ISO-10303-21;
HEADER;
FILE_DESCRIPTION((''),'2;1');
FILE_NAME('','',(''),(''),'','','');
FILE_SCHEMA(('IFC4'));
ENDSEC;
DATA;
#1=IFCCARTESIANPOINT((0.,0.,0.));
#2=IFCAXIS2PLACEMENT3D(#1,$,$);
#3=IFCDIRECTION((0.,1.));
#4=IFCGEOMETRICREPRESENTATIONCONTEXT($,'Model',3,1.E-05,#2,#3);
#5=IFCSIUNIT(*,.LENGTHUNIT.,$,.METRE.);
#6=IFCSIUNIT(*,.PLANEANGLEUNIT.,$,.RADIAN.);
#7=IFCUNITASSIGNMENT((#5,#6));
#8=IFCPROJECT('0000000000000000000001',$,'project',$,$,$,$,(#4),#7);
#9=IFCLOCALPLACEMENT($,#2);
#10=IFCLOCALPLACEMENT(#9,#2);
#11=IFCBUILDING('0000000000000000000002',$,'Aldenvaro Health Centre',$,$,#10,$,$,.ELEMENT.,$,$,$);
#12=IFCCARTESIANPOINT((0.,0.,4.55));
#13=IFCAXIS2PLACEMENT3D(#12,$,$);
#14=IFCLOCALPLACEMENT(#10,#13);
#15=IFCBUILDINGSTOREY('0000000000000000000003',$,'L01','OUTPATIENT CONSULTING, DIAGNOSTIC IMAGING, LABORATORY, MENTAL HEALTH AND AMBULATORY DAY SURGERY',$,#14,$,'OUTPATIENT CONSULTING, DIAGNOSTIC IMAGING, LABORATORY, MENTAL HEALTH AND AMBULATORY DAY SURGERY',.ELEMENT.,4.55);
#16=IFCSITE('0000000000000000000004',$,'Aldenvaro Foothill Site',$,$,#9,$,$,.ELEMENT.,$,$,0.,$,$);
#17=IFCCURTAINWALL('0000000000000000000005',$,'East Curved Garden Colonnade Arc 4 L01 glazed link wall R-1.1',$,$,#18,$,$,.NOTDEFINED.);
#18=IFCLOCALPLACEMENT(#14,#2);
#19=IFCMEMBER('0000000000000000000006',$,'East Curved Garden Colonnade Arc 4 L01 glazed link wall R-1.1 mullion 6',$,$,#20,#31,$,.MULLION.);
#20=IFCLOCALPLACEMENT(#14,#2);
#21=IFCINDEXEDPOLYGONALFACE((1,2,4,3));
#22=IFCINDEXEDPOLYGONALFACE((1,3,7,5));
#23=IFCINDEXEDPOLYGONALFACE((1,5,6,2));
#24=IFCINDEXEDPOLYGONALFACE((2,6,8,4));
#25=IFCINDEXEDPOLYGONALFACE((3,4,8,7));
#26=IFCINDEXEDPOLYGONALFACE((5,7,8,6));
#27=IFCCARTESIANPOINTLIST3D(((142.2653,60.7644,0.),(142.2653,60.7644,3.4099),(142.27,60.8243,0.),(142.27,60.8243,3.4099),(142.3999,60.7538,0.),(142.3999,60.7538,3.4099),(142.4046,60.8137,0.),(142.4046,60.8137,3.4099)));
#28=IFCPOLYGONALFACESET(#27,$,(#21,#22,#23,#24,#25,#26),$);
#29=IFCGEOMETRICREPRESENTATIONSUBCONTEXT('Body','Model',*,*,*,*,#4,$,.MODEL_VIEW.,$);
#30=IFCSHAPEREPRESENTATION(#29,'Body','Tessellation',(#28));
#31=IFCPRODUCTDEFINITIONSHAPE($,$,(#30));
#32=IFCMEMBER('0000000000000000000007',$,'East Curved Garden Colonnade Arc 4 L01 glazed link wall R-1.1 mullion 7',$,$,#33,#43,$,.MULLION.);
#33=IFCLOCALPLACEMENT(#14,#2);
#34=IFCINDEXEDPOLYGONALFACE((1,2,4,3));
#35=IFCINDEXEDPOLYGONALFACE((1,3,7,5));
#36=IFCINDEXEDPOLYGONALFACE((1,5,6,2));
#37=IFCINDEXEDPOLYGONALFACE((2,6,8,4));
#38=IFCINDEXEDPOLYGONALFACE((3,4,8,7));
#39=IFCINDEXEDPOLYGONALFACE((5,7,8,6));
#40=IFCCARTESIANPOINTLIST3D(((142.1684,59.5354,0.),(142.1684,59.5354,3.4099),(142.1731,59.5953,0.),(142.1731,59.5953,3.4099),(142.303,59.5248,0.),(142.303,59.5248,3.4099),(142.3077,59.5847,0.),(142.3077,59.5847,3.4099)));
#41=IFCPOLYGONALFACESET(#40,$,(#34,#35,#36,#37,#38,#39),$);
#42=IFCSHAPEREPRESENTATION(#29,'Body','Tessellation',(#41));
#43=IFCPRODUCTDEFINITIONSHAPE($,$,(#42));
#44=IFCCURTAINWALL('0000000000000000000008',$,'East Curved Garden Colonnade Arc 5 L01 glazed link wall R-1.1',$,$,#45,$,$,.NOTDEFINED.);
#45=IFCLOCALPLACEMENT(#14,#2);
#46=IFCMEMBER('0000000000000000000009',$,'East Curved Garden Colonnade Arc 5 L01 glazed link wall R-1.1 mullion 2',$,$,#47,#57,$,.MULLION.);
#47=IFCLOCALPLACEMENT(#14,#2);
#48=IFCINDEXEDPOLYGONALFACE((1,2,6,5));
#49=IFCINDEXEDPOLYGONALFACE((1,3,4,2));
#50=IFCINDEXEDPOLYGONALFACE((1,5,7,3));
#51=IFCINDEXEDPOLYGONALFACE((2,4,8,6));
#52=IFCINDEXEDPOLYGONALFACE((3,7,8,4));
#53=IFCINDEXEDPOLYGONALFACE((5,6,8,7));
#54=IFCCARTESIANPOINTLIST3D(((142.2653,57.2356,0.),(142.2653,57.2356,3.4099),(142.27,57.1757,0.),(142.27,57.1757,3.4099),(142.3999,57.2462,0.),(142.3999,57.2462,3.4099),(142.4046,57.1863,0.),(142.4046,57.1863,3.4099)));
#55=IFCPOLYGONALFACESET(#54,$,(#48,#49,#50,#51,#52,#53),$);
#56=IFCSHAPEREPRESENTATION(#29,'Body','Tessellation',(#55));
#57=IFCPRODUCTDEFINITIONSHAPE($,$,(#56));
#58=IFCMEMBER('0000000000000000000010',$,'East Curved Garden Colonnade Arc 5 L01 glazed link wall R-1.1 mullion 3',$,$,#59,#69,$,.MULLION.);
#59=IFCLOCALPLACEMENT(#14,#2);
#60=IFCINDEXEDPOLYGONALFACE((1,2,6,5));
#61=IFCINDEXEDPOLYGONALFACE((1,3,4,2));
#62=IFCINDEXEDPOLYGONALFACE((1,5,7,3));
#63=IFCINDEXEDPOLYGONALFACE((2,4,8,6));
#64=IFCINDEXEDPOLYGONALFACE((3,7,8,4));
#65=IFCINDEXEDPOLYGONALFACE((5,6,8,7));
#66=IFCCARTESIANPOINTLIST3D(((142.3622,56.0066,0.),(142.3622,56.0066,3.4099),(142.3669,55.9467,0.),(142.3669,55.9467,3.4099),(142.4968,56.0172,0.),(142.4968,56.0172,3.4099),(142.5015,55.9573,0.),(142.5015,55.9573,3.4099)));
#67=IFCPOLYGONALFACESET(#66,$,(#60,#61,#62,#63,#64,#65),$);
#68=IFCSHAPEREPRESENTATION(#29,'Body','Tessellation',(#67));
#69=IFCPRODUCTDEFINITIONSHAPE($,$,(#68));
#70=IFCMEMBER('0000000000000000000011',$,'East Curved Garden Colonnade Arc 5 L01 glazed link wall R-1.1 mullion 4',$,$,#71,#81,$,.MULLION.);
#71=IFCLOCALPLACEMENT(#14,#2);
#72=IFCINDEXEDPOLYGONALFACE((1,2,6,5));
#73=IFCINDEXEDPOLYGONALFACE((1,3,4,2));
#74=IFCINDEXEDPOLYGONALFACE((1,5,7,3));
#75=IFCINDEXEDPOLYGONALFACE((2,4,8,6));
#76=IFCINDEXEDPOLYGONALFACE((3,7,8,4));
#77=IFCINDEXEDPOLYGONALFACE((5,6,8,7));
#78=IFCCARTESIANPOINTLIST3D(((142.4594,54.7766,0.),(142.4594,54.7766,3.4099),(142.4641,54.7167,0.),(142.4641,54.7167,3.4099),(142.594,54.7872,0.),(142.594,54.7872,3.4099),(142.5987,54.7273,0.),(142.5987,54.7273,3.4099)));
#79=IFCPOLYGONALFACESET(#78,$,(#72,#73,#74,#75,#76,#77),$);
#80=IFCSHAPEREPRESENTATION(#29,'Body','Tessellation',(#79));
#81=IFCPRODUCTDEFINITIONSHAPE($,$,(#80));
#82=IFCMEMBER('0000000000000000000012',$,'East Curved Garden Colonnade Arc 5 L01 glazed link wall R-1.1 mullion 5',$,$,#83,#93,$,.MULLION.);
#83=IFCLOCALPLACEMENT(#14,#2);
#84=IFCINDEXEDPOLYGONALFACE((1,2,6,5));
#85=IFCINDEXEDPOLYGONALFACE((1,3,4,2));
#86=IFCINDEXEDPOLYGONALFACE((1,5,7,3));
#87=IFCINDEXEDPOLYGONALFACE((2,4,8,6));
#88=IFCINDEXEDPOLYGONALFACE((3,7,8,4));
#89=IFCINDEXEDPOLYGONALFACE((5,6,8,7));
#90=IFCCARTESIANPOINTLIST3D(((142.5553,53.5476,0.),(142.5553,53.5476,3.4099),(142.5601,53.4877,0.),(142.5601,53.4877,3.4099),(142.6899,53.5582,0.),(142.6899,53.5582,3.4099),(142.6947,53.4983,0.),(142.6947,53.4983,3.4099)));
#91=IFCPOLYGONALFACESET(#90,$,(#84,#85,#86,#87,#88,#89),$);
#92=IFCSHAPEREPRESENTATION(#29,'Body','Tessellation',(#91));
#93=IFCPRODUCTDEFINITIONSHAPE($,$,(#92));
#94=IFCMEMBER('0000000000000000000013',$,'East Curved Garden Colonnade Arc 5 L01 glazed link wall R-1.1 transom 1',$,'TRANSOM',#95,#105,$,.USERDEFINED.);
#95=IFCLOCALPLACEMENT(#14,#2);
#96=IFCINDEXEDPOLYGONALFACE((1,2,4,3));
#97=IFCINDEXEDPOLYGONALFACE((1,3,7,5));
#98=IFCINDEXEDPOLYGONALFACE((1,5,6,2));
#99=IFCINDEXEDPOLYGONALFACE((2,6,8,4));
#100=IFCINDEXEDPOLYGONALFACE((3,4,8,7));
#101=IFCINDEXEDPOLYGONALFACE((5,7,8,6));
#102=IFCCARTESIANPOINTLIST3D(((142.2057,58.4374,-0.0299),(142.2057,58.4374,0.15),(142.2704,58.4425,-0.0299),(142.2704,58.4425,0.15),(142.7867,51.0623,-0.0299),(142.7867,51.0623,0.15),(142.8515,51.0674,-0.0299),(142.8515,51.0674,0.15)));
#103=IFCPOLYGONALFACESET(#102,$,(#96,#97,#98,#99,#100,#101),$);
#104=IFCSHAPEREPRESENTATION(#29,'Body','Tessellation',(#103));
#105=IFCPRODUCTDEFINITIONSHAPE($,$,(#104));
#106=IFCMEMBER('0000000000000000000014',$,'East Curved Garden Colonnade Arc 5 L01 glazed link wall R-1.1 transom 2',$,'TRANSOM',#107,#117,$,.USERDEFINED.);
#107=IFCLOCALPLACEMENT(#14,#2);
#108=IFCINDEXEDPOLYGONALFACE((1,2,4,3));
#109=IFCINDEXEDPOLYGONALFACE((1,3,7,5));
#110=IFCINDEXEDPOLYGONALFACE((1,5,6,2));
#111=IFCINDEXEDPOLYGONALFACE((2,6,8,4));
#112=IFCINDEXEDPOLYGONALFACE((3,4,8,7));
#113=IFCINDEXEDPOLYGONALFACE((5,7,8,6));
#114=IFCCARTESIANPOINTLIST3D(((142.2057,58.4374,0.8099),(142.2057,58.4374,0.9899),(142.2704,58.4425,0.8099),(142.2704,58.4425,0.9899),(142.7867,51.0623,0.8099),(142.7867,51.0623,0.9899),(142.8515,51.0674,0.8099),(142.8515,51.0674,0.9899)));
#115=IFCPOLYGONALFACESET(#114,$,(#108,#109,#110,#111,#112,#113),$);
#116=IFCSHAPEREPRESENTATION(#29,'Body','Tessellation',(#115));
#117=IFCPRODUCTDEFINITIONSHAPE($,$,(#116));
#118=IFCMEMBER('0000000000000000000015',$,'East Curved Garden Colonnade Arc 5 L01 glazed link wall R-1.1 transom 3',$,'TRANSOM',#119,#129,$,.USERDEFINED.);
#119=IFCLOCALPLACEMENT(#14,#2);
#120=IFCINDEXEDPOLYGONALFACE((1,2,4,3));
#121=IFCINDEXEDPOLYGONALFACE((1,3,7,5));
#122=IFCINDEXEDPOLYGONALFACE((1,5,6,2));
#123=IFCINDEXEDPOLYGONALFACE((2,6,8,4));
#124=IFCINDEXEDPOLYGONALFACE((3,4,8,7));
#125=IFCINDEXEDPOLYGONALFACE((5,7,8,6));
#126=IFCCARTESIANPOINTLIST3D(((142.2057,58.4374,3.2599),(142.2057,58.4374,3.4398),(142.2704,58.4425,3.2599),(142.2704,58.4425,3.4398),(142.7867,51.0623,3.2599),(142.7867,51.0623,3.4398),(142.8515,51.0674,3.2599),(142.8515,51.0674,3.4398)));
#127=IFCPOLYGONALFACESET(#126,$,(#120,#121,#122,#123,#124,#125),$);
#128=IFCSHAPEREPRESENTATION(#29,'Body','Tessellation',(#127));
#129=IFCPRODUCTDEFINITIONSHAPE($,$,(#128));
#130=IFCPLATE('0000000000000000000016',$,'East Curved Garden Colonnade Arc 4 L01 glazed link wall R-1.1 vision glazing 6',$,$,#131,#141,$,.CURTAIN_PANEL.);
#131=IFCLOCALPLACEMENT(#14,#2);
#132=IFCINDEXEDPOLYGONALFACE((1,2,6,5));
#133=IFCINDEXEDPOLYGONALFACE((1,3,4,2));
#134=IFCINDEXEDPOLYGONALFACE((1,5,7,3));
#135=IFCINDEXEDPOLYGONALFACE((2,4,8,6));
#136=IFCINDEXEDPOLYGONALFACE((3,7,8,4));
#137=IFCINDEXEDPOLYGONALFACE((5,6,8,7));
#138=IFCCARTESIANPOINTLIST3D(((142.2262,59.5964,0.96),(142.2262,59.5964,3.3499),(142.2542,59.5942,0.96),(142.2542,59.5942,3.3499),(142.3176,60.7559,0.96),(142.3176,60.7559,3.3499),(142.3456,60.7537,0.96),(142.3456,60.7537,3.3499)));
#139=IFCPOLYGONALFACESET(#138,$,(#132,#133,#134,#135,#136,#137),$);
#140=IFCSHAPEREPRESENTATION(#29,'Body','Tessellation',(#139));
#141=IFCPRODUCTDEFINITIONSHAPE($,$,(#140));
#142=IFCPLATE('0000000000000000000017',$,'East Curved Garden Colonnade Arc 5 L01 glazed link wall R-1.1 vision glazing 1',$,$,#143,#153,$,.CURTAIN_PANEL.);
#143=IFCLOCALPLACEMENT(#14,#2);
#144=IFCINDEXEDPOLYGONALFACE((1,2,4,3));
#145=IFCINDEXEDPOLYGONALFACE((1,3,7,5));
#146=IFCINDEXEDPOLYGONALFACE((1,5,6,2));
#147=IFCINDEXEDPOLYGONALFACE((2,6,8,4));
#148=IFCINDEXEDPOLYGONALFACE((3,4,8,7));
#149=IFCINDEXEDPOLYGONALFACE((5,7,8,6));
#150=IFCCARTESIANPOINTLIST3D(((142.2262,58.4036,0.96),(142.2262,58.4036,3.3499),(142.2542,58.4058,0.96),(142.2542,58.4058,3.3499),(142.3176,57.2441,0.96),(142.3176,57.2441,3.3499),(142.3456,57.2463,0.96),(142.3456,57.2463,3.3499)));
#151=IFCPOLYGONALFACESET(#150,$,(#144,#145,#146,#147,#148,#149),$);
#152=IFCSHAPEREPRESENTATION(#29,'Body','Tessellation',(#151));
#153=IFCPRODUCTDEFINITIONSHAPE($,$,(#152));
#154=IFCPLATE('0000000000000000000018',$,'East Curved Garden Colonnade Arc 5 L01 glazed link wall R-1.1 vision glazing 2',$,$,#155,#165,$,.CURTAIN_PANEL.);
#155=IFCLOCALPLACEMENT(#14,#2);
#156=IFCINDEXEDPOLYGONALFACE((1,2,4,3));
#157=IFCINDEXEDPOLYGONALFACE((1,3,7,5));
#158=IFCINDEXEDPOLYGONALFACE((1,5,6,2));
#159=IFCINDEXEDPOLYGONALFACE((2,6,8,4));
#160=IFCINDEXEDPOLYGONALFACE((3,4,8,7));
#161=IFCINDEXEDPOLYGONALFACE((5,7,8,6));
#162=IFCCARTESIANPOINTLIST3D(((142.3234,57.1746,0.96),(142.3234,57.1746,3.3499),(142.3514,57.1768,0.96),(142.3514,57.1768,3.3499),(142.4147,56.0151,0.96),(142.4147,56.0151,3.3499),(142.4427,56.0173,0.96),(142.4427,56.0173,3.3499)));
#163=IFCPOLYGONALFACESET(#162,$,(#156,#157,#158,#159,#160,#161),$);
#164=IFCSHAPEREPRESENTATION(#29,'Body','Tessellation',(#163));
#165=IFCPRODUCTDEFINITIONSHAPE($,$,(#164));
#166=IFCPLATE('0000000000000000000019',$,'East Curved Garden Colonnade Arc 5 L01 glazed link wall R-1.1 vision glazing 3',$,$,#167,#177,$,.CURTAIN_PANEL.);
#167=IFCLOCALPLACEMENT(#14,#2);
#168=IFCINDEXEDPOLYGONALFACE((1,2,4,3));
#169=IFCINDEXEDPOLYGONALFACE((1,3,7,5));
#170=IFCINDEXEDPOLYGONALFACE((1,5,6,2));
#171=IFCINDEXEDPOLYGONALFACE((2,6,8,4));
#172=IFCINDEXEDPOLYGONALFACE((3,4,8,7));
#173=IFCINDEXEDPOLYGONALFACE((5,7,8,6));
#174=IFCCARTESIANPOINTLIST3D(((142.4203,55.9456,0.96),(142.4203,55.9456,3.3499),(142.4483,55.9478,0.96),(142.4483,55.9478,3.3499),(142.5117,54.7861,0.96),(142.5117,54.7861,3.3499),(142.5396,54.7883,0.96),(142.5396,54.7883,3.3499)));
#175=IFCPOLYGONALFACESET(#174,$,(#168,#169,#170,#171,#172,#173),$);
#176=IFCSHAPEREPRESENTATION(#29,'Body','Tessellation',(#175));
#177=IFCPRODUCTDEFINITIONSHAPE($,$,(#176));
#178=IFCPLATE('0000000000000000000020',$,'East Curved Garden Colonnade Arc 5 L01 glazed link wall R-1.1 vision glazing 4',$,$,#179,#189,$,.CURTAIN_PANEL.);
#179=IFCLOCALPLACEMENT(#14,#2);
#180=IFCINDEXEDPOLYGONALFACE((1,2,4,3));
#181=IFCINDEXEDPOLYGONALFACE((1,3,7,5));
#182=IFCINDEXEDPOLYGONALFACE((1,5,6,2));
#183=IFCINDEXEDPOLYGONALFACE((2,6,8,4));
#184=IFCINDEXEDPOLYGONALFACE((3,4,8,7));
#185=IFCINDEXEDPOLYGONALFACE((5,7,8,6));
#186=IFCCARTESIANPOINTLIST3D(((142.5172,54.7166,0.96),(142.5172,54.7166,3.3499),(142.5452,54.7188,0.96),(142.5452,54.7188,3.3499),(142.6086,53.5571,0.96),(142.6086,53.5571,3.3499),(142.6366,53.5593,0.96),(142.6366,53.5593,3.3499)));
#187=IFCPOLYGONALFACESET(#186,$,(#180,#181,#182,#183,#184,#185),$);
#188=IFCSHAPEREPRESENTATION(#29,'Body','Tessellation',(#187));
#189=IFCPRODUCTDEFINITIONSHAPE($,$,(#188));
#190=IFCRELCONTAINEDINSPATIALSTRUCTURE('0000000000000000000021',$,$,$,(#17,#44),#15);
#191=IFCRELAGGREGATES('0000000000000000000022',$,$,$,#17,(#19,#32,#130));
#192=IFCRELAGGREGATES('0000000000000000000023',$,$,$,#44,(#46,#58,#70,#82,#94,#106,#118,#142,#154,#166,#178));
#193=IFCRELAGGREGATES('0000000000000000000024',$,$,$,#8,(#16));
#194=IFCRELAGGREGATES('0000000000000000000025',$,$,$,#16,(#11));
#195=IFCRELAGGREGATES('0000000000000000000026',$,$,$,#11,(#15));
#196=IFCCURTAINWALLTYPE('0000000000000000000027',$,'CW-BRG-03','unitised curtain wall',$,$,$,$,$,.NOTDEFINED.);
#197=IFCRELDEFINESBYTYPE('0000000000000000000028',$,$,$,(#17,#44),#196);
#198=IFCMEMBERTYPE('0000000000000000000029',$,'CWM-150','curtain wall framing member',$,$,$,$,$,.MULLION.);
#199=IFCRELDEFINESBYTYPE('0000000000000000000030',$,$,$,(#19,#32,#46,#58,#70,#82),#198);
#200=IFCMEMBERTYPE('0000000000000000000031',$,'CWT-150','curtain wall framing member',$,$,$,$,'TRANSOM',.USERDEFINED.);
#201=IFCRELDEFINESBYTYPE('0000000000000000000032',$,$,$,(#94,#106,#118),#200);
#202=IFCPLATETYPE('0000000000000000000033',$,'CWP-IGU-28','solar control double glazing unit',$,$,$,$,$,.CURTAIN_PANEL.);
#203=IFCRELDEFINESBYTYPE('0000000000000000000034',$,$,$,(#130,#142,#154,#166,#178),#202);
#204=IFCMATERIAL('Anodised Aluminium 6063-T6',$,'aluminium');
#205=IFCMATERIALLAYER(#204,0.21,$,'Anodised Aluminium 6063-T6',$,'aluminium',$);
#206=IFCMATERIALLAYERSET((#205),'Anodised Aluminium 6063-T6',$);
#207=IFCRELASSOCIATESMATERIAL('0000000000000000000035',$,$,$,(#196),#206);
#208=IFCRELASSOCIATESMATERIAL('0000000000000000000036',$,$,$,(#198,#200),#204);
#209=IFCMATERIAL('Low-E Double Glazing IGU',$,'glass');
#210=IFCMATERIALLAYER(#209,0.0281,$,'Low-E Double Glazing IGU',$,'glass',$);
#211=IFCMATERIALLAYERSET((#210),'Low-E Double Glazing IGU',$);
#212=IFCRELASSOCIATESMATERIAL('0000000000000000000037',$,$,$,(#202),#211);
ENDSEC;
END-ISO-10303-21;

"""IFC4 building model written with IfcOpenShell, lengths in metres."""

from ifc_helpers import new_model, si_unit, direction, frame, origin, origin_2d, place, context, subcontext, project, spatial, rectangle, extrude, material, layer, layer_set, material_profile, profile_set, type_object, element, aggregate, save


model = new_model("IFC4")

# Units and contexts
model_context = context("Model", 3, precision=1e-05, world=origin(), true_north=direction((0.0, 1.0)))
body_context = subcontext(model_context, "Body", "Model", "MODEL_VIEW")
ifc_project = project(units=[si_unit("LENGTHUNIT", "METRE"), si_unit("PLANEANGLEUNIT", "RADIAN")], contexts=[model_context])

# Site, building, storey
site_placement = place(None, origin())
site = spatial("IfcSite", under=ifc_project, at=site_placement, Name="Aldenvaro Foothill Site", CompositionType="ELEMENT", RefElevation=0.0)
building_placement = place(site_placement, origin())
building = spatial("IfcBuilding", under=site, at=building_placement, Name="Aldenvaro Health Centre", CompositionType="ELEMENT")
storey_placement = place(building_placement, frame((0.0, 0.0, 4.55)))
storey = spatial("IfcBuildingStorey", under=building, at=storey_placement, Name="L01", Description="OUTPATIENT CONSULTING, DIAGNOSTIC IMAGING, LABORATORY, MENTAL HEALTH AND AMBULATORY DAY SURGERY", LongName="OUTPATIENT CONSULTING, DIAGNOSTIC IMAGING, LABORATORY, MENTAL HEALTH AND AMBULATORY DAY SURGERY", CompositionType="ELEMENT", Elevation=4.55)

# Curtain walls, members
ifc_material_1 = material(Name="Anodised Aluminium 6063-T6", Category="aluminium")
ifc_layer_1 = layer(ifc_material_1, 0.21, Name="Anodised Aluminium 6063-T6", Category="aluminium")
ifc_layer_set_1 = layer_set([ifc_layer_1], Name="Anodised Aluminium 6063-T6")
curtain_wall_type = type_object("IfcCurtainWallType", Name="CW-BRG-03", Description="unitised curtain wall", PredefinedType="NOTDEFINED", material=ifc_layer_set_1)
curtain_wall_1_placement = place(storey_placement, origin())
curtain_wall_1 = element("IfcCurtainWall", 1, at=curtain_wall_1_placement, inside=storey, type_object=curtain_wall_type, Name="East Curved Garden Colonnade Arc 4 L01 glazed link wall R-1.1", PredefinedType="NOTDEFINED")
ifc_material_profile_1 = material_profile(ifc_material_1, rectangle(XDim=0.0601, YDim=0.135, at=origin_2d()), Name="ALU 60x135", Category="aluminium")
ifc_profile_set_1 = profile_set([ifc_material_profile_1], Name="Anodised Aluminium 6063-T6")
member_type_1 = type_object("IfcMemberType", Name="CWM-150", Description="curtain wall framing member", PredefinedType="MULLION", material=ifc_profile_set_1)
member_1_placement = place(storey_placement, frame((142.335, 60.7891, 0.0), z_axis=(0.0, 0.0, 1.0), x_axis=(-0.078536, -0.996911, 0.0)))
member_1 = element("IfcMember", 2, at=member_1_placement, type_object=member_type_1, Name="East Curved Garden Colonnade Arc 4 L01 glazed link wall R-1.1 mullion 6", PredefinedType="MULLION", context=body_context, shape_type="SweptSolid", body=[
    extrude(rectangle(XDim=0.0601, YDim=0.135, at=origin_2d()), origin(), (0.0, 0.0, 1.0), 3.4099),
])
member_2_placement = place(storey_placement, frame((142.238, 59.5601, 0.0), z_axis=(0.0, 0.0, 1.0), x_axis=(-0.078536, -0.996911, 0.0)))
member_2 = element("IfcMember", 3, at=member_2_placement, type_object=member_type_1, Name="East Curved Garden Colonnade Arc 4 L01 glazed link wall R-1.1 mullion 7", PredefinedType="MULLION", context=body_context, shape_type="SweptSolid", body=[
    extrude(rectangle(XDim=0.0601, YDim=0.135, at=origin_2d()), origin(), (0.0, 0.0, 1.0), 3.4099),
])
curtain_wall_2_placement = place(storey_placement, origin())
curtain_wall_2 = element("IfcCurtainWall", 4, at=curtain_wall_2_placement, inside=storey, type_object=curtain_wall_type, Name="East Curved Garden Colonnade Arc 5 L01 glazed link wall R-1.1", PredefinedType="NOTDEFINED")
member_3_placement = place(storey_placement, frame((142.335, 57.2109, 0.0), z_axis=(0.0, 0.0, 1.0), x_axis=(0.078536, -0.996911, 0.0)))
member_3 = element("IfcMember", 5, at=member_3_placement, type_object=member_type_1, Name="East Curved Garden Colonnade Arc 5 L01 glazed link wall R-1.1 mullion 2", PredefinedType="MULLION", context=body_context, shape_type="SweptSolid", body=[
    extrude(rectangle(XDim=0.0601, YDim=0.135, at=origin_2d()), origin(), (0.0, 0.0, 1.0), 3.4099),
])
member_4_placement = place(storey_placement, frame((142.4319, 55.9819, 0.0), z_axis=(0.0, 0.0, 1.0), x_axis=(0.078536, -0.996911, 0.0)))
member_4 = element("IfcMember", 6, at=member_4_placement, type_object=member_type_1, Name="East Curved Garden Colonnade Arc 5 L01 glazed link wall R-1.1 mullion 3", PredefinedType="MULLION", context=body_context, shape_type="SweptSolid", body=[
    extrude(rectangle(XDim=0.0601, YDim=0.135, at=origin_2d()), origin(), (0.0, 0.0, 1.0), 3.4099),
])
member_5_placement = place(storey_placement, frame((142.5291, 54.752, 0.0), z_axis=(0.0, 0.0, 1.0), x_axis=(0.078536, -0.996911, 0.0)))
member_5 = element("IfcMember", 7, at=member_5_placement, type_object=member_type_1, Name="East Curved Garden Colonnade Arc 5 L01 glazed link wall R-1.1 mullion 4", PredefinedType="MULLION", context=body_context, shape_type="SweptSolid", body=[
    extrude(rectangle(XDim=0.0601, YDim=0.135, at=origin_2d()), origin(), (0.0, 0.0, 1.0), 3.4099),
])
member_6_placement = place(storey_placement, frame((142.625, 53.5229, 0.0), z_axis=(0.0, 0.0, 1.0), x_axis=(0.078536, -0.996911, 0.0)))
member_6 = element("IfcMember", 8, at=member_6_placement, type_object=member_type_1, Name="East Curved Garden Colonnade Arc 5 L01 glazed link wall R-1.1 mullion 5", PredefinedType="MULLION", context=body_context, shape_type="SweptSolid", body=[
    extrude(rectangle(XDim=0.0601, YDim=0.135, at=origin_2d()), origin(), (0.0, 0.0, 1.0), 3.4099),
])
ifc_material_profile_2 = material_profile(ifc_material_1, rectangle(XDim=0.0649, YDim=0.1799, at=origin_2d()), Name="ALU 65x180", Category="aluminium")
ifc_profile_set_2 = profile_set([ifc_material_profile_2], Name="Anodised Aluminium 6063-T6")
member_type_2 = type_object("IfcMemberType", Name="CWT-150", Description="curtain wall framing member", ElementType="TRANSOM", PredefinedType="USERDEFINED", material=ifc_profile_set_2)
member_7_placement = place(storey_placement, frame((142.238, 58.4399, 0.0601), z_axis=(0.078544, -0.996911, 0.0), x_axis=(0.996911, 0.078544, 0.0)))
member_7 = element("IfcMember", 9, at=member_7_placement, type_object=member_type_2, Name="East Curved Garden Colonnade Arc 5 L01 glazed link wall R-1.1 transom 1", ObjectType="TRANSOM", PredefinedType="USERDEFINED", context=body_context, shape_type="SweptSolid", body=[
    extrude(rectangle(XDim=0.0649, YDim=0.1799, at=origin_2d()), origin(), (0.0, 0.0, 1.0), 7.3979),
])
member_8_placement = place(storey_placement, frame((142.238, 58.4399, 0.8999), z_axis=(0.078544, -0.996911, 0.0), x_axis=(0.996911, 0.078544, 0.0)))
member_8 = element("IfcMember", 10, at=member_8_placement, type_object=member_type_2, Name="East Curved Garden Colonnade Arc 5 L01 glazed link wall R-1.1 transom 2", ObjectType="TRANSOM", PredefinedType="USERDEFINED", context=body_context, shape_type="SweptSolid", body=[
    extrude(rectangle(XDim=0.0649, YDim=0.1799, at=origin_2d()), origin(), (0.0, 0.0, 1.0), 7.3979),
])
member_9_placement = place(storey_placement, frame((142.238, 58.4399, 3.3499), z_axis=(0.078544, -0.996911, 0.0), x_axis=(0.996911, 0.078544, 0.0)))
member_9 = element("IfcMember", 11, at=member_9_placement, type_object=member_type_2, Name="East Curved Garden Colonnade Arc 5 L01 glazed link wall R-1.1 transom 3", ObjectType="TRANSOM", PredefinedType="USERDEFINED", context=body_context, shape_type="SweptSolid", body=[
    extrude(rectangle(XDim=0.0649, YDim=0.1799, at=origin_2d()), origin(), (0.0, 0.0, 1.0), 7.3979),
])

# Plates
ifc_material_2 = material(Name="Low-E Double Glazing IGU", Category="glass")
ifc_layer_2 = layer(ifc_material_2, 0.0281, Name="Low-E Double Glazing IGU", Category="glass")
ifc_layer_set_2 = layer_set([ifc_layer_2], Name="Low-E Double Glazing IGU")
plate_type_1 = type_object("IfcPlateType", Name="CWP-IGU-28", Description="solar control double glazing unit", PredefinedType="CURTAIN_PANEL", material=ifc_layer_set_2)
plate_1_placement = place(storey_placement, frame((142.2859, 60.175, 0.96), z_axis=(0.0, 0.0, 1.0), x_axis=(-0.078536, -0.996911, 0.0)))
plate_1 = element("IfcPlate", 12, at=plate_1_placement, type_object=plate_type_1, Name="East Curved Garden Colonnade Arc 4 L01 glazed link wall R-1.1 vision glazing 6", PredefinedType="CURTAIN_PANEL", context=body_context, shape_type="SweptSolid", body=[
    extrude(rectangle(XDim=1.1631, YDim=0.0281, at=origin_2d()), origin(), (0.0, 0.0, 1.0), 2.3899),
])
plate_2_placement = place(storey_placement, frame((142.2859, 57.825, 0.96), z_axis=(0.0, 0.0, 1.0), x_axis=(0.078536, -0.996911, 0.0)))
plate_2 = element("IfcPlate", 13, at=plate_2_placement, type_object=plate_type_1, Name="East Curved Garden Colonnade Arc 5 L01 glazed link wall R-1.1 vision glazing 1", PredefinedType="CURTAIN_PANEL", context=body_context, shape_type="SweptSolid", body=[
    extrude(rectangle(XDim=1.1631, YDim=0.0281, at=origin_2d()), origin(), (0.0, 0.0, 1.0), 2.3899),
])
plate_3_placement = place(storey_placement, frame((142.3831, 56.5959, 0.96), z_axis=(0.0, 0.0, 1.0), x_axis=(0.078536, -0.996911, 0.0)))
plate_3 = element("IfcPlate", 14, at=plate_3_placement, type_object=plate_type_1, Name="East Curved Garden Colonnade Arc 5 L01 glazed link wall R-1.1 vision glazing 2", PredefinedType="CURTAIN_PANEL", context=body_context, shape_type="SweptSolid", body=[
    extrude(rectangle(XDim=1.1631, YDim=0.0281, at=origin_2d()), origin(), (0.0, 0.0, 1.0), 2.3899),
])
plate_4_placement = place(storey_placement, frame((142.48, 55.3669, 0.96), z_axis=(0.0, 0.0, 1.0), x_axis=(0.078536, -0.996911, 0.0)))
plate_4 = element("IfcPlate", 15, at=plate_4_placement, type_object=plate_type_1, Name="East Curved Garden Colonnade Arc 5 L01 glazed link wall R-1.1 vision glazing 3", PredefinedType="CURTAIN_PANEL", context=body_context, shape_type="SweptSolid", body=[
    extrude(rectangle(XDim=1.1631, YDim=0.0281, at=origin_2d()), origin(), (0.0, 0.0, 1.0), 2.3899),
])
plate_5_placement = place(storey_placement, frame((142.5769, 54.1379, 0.96), z_axis=(0.0, 0.0, 1.0), x_axis=(0.078536, -0.996911, 0.0)))
plate_5 = element("IfcPlate", 16, at=plate_5_placement, type_object=plate_type_1, Name="East Curved Garden Colonnade Arc 5 L01 glazed link wall R-1.1 vision glazing 4", PredefinedType="CURTAIN_PANEL", context=body_context, shape_type="SweptSolid", body=[
    extrude(rectangle(XDim=1.1631, YDim=0.0281, at=origin_2d()), origin(), (0.0, 0.0, 1.0), 2.3899),
])
aggregate(curtain_wall_1, [member_1, member_2, plate_1])
aggregate(curtain_wall_2, [member_3, member_4, member_5, member_6, member_7, member_8, member_9, plate_2, plate_3, plate_4, plate_5])

save(model, "model.ifc")
